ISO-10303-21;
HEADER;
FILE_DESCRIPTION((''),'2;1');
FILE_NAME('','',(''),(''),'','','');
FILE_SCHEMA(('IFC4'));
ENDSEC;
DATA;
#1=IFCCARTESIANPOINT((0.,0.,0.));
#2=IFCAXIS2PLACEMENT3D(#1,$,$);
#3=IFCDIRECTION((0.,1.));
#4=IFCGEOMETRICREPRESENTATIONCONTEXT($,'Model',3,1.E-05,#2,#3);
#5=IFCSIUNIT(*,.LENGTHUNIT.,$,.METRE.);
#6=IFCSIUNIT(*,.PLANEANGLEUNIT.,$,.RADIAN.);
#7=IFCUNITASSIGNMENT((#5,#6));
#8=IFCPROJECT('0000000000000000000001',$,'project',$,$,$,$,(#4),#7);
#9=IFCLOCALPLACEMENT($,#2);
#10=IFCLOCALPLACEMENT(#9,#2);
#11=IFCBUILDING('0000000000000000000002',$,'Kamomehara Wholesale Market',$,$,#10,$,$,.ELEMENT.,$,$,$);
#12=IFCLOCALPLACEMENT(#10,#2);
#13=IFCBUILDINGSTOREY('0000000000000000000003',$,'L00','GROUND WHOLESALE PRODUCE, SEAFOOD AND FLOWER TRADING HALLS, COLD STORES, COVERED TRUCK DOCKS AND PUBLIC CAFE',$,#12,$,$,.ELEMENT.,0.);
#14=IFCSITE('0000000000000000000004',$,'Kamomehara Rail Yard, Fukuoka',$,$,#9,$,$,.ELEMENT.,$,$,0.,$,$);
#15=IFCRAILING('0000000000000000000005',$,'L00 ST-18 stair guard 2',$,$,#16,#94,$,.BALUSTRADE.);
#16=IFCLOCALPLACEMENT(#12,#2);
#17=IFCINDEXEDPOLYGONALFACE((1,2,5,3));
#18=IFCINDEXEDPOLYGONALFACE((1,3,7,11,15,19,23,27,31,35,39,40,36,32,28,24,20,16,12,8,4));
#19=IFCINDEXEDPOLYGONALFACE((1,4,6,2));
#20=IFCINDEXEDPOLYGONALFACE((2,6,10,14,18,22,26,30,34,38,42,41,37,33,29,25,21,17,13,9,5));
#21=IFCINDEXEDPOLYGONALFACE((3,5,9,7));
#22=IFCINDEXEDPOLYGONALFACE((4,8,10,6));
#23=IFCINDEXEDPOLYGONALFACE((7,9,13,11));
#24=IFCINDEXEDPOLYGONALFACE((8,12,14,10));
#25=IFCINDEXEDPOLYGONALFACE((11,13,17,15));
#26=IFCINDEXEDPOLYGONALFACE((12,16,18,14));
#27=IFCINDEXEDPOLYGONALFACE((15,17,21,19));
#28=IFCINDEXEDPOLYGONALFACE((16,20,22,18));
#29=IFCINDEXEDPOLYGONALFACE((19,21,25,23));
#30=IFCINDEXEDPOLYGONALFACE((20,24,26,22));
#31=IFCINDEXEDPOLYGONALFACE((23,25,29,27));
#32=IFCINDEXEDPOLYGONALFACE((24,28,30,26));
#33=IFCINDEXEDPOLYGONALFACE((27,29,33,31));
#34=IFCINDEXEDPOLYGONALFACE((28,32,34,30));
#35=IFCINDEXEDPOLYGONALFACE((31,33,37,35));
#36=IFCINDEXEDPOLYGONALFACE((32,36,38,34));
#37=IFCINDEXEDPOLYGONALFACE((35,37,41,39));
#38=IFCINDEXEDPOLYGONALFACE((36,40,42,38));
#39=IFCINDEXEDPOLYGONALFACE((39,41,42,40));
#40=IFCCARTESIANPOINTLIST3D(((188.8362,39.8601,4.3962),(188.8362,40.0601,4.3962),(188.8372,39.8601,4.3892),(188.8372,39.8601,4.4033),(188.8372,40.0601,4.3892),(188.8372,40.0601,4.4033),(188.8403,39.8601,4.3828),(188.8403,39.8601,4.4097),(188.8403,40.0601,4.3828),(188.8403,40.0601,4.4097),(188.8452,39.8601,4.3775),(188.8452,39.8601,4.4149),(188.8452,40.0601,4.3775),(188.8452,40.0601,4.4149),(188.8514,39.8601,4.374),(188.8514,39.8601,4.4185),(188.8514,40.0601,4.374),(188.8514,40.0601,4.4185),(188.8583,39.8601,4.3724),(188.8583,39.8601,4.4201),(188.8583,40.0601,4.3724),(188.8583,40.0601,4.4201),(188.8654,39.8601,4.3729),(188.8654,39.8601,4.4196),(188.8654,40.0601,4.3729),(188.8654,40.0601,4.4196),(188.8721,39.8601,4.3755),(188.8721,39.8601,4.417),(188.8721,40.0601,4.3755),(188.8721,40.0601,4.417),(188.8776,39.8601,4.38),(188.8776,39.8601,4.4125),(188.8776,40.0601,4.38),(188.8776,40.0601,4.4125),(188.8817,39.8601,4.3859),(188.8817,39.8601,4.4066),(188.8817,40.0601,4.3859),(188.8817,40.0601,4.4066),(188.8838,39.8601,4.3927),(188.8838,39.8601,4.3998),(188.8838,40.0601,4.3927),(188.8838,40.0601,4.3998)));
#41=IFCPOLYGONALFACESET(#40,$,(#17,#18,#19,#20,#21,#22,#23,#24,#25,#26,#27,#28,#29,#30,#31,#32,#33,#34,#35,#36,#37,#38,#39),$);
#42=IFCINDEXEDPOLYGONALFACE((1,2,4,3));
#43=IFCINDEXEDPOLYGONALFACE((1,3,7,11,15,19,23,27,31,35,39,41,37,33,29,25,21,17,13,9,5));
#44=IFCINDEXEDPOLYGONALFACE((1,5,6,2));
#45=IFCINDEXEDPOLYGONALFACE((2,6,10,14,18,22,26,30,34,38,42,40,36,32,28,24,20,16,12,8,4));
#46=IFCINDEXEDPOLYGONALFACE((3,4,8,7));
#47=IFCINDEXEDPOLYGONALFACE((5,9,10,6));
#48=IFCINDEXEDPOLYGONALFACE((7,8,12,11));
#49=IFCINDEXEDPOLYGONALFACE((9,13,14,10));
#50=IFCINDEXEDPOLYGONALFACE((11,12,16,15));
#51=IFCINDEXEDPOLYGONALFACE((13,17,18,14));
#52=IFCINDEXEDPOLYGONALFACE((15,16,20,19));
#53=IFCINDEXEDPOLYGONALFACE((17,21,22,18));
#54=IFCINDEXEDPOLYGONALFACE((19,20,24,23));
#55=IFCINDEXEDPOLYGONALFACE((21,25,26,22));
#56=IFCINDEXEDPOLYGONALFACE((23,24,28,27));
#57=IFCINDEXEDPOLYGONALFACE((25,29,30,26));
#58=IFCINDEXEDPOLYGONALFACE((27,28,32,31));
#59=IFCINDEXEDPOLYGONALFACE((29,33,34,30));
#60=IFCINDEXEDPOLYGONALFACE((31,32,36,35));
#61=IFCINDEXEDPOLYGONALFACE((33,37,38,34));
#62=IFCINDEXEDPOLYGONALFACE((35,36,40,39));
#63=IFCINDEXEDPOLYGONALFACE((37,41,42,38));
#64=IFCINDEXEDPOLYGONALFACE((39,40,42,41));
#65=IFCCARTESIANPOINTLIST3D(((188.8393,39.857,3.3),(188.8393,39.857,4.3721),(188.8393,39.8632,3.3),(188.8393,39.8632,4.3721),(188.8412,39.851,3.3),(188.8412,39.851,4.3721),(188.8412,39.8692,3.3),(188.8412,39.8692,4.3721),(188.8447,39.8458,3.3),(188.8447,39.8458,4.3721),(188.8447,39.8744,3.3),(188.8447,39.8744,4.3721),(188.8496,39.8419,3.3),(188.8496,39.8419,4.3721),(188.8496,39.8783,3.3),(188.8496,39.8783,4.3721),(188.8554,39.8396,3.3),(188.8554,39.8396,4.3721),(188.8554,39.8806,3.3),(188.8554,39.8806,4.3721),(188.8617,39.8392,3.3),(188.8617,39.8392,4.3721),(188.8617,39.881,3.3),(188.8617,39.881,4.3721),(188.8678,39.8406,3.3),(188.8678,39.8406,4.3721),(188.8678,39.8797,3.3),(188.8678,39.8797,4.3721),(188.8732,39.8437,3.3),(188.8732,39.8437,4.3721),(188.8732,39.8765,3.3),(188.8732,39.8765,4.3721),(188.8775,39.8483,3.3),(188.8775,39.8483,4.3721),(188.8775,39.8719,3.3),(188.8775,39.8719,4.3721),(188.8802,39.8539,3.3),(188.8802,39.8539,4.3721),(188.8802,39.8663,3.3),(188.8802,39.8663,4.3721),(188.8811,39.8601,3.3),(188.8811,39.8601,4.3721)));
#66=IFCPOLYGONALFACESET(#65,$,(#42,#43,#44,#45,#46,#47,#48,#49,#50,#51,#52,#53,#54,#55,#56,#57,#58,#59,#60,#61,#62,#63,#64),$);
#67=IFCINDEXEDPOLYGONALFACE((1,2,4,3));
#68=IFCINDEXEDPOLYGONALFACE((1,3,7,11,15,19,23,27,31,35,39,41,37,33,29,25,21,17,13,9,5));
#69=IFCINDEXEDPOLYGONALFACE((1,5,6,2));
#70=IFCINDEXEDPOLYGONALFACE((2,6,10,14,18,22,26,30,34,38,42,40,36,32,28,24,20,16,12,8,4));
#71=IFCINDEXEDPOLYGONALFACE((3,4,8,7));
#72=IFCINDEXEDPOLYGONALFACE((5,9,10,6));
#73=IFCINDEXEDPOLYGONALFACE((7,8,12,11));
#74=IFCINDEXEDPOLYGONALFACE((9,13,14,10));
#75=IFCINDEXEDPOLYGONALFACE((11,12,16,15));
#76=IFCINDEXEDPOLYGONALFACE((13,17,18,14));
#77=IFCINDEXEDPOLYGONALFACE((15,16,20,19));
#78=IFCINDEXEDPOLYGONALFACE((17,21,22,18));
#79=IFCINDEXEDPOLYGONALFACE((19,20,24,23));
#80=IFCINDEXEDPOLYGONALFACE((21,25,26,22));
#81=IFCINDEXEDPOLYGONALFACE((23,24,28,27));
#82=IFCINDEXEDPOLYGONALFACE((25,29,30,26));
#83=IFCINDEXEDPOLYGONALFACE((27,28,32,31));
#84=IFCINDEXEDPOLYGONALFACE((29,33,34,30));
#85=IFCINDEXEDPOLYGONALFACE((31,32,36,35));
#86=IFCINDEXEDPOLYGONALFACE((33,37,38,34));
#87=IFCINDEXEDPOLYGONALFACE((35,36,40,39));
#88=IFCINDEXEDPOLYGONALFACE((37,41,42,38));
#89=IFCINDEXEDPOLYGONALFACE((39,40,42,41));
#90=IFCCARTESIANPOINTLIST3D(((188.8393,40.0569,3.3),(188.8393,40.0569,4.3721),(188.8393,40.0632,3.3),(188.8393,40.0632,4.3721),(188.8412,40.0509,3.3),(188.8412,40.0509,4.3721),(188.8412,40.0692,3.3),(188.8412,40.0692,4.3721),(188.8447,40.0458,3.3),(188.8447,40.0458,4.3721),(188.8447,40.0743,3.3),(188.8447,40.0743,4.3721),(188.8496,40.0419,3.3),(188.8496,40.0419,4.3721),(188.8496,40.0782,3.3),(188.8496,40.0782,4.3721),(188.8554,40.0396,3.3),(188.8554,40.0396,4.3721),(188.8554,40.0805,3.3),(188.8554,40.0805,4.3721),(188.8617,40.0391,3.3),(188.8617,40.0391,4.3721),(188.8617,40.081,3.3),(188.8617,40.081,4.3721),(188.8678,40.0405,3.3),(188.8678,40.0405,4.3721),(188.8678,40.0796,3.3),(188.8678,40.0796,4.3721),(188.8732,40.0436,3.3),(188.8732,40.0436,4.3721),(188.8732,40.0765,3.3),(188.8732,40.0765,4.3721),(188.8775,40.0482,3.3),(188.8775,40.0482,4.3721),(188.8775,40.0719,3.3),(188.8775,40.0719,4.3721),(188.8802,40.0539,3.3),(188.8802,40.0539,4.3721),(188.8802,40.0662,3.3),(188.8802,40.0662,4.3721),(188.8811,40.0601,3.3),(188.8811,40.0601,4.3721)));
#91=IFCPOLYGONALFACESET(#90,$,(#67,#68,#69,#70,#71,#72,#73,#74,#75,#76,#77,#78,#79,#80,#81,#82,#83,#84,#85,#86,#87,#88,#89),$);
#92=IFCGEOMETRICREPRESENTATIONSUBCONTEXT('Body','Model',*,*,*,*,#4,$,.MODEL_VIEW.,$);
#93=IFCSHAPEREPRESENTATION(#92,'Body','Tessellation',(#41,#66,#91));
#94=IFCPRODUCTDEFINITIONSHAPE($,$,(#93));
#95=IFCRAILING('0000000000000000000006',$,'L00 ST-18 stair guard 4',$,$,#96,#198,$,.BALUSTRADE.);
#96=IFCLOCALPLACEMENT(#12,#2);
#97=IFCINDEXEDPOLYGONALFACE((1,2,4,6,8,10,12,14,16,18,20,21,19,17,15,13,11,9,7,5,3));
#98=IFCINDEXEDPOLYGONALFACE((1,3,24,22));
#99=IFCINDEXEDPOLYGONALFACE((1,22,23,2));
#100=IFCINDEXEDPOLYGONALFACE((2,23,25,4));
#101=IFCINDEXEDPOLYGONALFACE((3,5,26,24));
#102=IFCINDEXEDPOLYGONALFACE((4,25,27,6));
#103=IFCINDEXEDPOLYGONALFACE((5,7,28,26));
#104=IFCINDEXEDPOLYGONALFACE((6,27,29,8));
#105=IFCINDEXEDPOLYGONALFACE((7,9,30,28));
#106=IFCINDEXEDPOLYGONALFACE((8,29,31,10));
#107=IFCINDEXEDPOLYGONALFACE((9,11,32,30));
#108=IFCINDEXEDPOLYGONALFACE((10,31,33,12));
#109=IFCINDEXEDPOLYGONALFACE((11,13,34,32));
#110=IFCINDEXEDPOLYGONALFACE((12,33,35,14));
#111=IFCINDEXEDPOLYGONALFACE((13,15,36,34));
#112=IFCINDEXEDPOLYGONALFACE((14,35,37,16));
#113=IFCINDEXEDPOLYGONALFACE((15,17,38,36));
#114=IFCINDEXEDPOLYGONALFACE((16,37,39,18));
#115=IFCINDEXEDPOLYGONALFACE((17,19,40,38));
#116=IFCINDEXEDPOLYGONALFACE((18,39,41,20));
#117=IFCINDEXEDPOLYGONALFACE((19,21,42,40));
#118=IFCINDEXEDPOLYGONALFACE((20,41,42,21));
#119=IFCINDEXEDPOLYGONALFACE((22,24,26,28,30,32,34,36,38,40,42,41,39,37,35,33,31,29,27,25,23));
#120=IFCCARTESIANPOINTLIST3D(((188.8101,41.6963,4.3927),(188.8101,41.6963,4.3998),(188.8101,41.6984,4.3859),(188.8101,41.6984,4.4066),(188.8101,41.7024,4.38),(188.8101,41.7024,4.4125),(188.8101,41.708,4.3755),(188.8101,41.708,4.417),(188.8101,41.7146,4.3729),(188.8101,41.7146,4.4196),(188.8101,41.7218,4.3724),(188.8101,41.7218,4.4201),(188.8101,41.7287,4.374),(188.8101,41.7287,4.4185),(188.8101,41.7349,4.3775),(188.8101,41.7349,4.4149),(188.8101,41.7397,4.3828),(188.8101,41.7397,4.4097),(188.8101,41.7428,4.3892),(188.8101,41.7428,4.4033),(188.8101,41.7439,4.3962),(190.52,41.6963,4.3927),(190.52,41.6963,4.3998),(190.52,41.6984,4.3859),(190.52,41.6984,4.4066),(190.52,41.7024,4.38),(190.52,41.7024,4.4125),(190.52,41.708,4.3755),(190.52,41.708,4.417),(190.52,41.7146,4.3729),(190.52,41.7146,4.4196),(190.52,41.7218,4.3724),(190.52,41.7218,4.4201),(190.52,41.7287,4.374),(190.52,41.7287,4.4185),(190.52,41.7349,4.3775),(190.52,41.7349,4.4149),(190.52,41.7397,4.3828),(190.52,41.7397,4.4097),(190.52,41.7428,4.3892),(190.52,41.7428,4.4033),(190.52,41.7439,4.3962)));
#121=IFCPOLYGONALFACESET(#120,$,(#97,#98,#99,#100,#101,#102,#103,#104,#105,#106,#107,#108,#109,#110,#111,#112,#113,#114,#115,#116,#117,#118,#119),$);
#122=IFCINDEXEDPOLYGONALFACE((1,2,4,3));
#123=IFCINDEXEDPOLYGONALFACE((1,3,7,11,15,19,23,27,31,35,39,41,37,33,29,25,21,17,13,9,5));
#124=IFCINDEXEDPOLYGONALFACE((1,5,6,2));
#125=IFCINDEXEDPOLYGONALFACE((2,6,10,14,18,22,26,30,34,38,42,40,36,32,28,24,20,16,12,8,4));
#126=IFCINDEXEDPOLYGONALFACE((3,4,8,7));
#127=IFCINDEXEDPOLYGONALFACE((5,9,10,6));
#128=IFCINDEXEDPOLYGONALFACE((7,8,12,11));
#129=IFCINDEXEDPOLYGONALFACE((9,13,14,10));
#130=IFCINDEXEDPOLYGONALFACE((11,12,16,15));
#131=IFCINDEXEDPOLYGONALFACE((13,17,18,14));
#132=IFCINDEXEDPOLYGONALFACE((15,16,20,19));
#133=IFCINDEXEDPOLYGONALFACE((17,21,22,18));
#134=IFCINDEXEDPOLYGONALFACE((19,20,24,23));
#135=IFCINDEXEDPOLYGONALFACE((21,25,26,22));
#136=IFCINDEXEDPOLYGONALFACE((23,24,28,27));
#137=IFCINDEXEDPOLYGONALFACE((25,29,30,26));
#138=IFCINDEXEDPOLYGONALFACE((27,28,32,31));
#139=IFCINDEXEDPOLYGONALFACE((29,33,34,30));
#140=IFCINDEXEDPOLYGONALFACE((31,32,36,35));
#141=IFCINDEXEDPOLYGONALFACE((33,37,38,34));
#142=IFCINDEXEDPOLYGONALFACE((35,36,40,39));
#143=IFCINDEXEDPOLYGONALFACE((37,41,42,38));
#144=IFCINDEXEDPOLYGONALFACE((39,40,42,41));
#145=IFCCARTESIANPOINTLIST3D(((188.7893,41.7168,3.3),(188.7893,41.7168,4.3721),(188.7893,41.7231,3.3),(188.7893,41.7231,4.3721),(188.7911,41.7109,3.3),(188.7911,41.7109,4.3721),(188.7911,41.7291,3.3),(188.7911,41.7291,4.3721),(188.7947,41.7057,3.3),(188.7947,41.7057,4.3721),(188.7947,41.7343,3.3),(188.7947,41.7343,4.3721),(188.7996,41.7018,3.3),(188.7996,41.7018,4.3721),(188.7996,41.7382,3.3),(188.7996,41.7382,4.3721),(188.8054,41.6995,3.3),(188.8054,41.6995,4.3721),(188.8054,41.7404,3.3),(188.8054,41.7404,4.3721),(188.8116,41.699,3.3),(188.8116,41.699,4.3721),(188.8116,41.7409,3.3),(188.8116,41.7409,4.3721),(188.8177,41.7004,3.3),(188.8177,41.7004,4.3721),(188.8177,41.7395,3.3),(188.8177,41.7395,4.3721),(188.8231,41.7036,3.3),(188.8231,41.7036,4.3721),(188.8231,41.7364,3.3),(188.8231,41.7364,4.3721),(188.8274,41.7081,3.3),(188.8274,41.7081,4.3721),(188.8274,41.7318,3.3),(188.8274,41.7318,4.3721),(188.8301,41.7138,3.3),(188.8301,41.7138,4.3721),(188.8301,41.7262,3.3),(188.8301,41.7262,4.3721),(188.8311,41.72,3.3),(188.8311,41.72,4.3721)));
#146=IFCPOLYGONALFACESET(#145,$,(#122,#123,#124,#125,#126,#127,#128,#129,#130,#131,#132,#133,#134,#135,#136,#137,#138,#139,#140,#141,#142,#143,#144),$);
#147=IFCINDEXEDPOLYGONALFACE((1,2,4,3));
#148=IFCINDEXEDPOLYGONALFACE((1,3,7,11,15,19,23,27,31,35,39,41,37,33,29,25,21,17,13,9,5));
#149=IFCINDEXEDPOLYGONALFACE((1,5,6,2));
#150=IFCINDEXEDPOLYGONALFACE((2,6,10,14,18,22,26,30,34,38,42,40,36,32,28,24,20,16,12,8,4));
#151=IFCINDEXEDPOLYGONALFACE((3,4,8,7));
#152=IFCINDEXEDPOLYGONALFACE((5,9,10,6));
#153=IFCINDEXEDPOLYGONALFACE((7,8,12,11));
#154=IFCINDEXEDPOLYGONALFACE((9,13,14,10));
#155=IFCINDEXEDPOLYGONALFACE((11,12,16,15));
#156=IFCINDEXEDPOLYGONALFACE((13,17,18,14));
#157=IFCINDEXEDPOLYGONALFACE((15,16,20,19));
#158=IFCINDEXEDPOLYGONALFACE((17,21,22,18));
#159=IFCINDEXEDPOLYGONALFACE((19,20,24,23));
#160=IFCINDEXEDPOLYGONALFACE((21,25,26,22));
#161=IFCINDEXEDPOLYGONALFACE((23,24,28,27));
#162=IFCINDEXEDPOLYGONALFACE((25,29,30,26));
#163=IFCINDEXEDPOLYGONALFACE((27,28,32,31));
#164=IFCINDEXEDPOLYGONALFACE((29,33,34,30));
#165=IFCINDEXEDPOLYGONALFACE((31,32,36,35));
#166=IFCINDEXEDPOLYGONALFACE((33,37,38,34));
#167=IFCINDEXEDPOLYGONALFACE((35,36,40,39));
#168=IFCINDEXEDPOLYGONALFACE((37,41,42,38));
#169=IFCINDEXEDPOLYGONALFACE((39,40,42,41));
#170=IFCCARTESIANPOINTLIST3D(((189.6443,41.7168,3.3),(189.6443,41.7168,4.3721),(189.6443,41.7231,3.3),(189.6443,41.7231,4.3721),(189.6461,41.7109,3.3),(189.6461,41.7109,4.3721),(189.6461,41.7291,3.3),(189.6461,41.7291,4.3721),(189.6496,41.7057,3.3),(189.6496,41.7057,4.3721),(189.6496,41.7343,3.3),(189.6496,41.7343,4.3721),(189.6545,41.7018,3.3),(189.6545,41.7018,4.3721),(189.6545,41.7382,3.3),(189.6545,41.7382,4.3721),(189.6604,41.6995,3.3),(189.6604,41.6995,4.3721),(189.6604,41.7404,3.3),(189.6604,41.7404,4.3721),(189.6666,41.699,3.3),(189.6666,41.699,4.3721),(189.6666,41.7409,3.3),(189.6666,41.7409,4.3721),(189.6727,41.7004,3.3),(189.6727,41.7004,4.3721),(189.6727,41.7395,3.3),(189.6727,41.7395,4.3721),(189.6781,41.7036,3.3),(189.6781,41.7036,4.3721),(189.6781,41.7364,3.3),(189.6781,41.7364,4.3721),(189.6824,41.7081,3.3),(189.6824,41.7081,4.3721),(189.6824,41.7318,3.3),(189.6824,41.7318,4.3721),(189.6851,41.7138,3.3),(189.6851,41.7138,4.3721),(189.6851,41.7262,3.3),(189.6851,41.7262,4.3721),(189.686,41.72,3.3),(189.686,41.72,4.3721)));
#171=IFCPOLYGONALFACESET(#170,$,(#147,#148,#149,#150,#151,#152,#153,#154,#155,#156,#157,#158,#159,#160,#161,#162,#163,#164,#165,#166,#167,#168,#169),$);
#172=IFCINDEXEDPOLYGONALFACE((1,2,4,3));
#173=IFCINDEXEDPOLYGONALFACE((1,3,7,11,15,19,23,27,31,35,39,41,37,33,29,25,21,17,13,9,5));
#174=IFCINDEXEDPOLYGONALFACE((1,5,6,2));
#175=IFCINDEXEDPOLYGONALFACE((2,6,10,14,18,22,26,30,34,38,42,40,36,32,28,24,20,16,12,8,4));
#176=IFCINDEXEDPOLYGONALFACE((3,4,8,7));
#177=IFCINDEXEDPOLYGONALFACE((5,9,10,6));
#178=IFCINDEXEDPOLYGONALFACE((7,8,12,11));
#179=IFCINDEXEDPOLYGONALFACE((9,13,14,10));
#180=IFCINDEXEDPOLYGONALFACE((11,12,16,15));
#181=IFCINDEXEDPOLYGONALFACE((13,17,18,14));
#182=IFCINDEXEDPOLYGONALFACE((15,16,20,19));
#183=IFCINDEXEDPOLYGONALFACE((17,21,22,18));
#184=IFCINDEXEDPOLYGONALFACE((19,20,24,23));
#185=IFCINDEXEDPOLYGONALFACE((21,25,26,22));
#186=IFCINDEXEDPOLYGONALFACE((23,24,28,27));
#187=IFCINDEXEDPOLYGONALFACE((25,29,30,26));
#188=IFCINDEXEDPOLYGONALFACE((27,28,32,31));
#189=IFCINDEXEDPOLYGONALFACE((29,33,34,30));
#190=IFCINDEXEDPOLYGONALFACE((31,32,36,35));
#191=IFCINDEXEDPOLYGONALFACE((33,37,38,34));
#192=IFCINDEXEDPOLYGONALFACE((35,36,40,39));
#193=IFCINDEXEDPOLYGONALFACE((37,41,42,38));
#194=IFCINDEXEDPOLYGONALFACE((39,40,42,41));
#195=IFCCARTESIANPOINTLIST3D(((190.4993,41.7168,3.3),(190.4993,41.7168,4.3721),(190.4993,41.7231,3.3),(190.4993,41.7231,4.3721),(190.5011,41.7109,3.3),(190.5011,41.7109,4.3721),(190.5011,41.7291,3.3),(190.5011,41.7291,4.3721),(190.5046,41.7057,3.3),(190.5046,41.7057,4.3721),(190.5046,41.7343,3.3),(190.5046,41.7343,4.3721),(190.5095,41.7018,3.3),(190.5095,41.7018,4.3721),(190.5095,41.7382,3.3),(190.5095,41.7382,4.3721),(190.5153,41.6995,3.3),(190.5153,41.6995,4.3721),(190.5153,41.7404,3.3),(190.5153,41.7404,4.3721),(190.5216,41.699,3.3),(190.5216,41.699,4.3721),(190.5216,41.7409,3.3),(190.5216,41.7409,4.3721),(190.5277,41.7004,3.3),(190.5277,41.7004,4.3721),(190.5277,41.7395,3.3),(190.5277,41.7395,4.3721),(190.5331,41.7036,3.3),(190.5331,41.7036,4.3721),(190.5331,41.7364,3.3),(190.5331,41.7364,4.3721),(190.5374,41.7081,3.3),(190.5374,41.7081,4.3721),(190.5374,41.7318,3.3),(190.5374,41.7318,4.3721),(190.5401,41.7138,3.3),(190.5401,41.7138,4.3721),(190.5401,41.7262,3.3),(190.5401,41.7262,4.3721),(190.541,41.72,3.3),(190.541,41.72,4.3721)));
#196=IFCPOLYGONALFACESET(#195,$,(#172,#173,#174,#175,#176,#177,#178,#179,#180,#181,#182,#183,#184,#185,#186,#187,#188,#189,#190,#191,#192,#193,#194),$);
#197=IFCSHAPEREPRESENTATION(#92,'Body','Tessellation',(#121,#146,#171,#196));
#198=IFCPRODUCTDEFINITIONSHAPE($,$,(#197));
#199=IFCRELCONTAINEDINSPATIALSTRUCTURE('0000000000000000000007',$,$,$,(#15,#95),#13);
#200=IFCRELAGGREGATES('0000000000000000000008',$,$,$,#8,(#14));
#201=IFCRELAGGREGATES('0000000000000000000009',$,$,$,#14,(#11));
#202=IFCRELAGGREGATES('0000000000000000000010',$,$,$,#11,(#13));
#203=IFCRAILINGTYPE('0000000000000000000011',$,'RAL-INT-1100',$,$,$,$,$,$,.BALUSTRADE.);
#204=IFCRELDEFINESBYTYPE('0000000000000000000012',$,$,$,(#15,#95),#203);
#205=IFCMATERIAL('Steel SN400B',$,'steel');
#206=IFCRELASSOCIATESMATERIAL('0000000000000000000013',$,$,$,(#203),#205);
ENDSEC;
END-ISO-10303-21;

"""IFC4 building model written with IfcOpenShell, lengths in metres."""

from ifc_helpers import new_model, si_unit, direction, frame, origin, origin_2d, place, context, subcontext, project, spatial, circle, extrude, material, type_object, element, save


model = new_model("IFC4")

# Units and contexts
model_context = context("Model", 3, precision=1e-05, world=origin(), true_north=direction((0.0, 1.0)))
body_context = subcontext(model_context, "Body", "Model", "MODEL_VIEW")
ifc_project = project(units=[si_unit("LENGTHUNIT", "METRE"), si_unit("PLANEANGLEUNIT", "RADIAN")], contexts=[model_context])

# Site, building, storey
site_placement = place(None, origin())
site = spatial("IfcSite", under=ifc_project, at=site_placement, Name="Kamomehara Rail Yard, Fukuoka", CompositionType="ELEMENT", RefElevation=0.0)
building_placement = place(site_placement, origin())
building = spatial("IfcBuilding", under=site, at=building_placement, Name="Kamomehara Wholesale Market", CompositionType="ELEMENT")
storey_placement = place(building_placement, origin())
storey = spatial("IfcBuildingStorey", under=building, at=storey_placement, Name="L00", Description="GROUND WHOLESALE PRODUCE, SEAFOOD AND FLOWER TRADING HALLS, COLD STORES, COVERED TRUCK DOCKS AND PUBLIC CAFE", CompositionType="ELEMENT", Elevation=0.0)

# Railings
ifc_material_1 = material(Name="Steel SN400B", Category="steel")
railing_type_1 = type_object("IfcRailingType", Name="RAL-INT-1100", PredefinedType="BALUSTRADE", material=ifc_material_1)
railing_1_placement = place(storey_placement, frame((188.8601, 39.8601, 3.3)))
element("IfcRailing", 1, at=railing_1_placement, inside=storey, type_object=railing_type_1, Name="L00 ST-18 stair guard 2", PredefinedType="BALUSTRADE", context=body_context, shape_type="SweptSolid", body=[
    extrude(circle(Radius=0.0239, at=origin_2d()), frame((0.0, 0.0, 1.0962), z_axis=(0.0, 1.0, 0.0), x_axis=(-1.0, 0.0, 0.0)), (0.0, 0.0, 1.0), 0.2),
    extrude(circle(Radius=0.021, at=origin_2d()), origin(), (0.0, 0.0, 1.0), 1.072),
    extrude(circle(Radius=0.021, at=origin_2d()), frame((0.0, 0.2, 0.0)), (0.0, 0.0, 1.0), 1.072),
])
railing_2_placement = place(storey_placement, frame((188.8101, 41.72, 3.3)))
element("IfcRailing", 2, at=railing_2_placement, inside=storey, type_object=railing_type_1, Name="L00 ST-18 stair guard 4", PredefinedType="BALUSTRADE", context=body_context, shape_type="SweptSolid", body=[
    extrude(circle(Radius=0.0239, at=origin_2d()), frame((0.0, 0.0, 1.0962), z_axis=(1.0, 0.0, 0.0), x_axis=(0.0, 1.0, 0.0)), (0.0, 0.0, 1.0), 1.71),
    extrude(circle(Radius=0.021, at=origin_2d()), origin(), (0.0, 0.0, 1.0), 1.072),
    extrude(circle(Radius=0.021, at=origin_2d()), frame((0.855, 0.0, 0.0)), (0.0, 0.0, 1.0), 1.072),
    extrude(circle(Radius=0.021, at=origin_2d()), frame((1.71, 0.0, 0.0)), (0.0, 0.0, 1.0), 1.072),
])

save(model, "model.ifc")
